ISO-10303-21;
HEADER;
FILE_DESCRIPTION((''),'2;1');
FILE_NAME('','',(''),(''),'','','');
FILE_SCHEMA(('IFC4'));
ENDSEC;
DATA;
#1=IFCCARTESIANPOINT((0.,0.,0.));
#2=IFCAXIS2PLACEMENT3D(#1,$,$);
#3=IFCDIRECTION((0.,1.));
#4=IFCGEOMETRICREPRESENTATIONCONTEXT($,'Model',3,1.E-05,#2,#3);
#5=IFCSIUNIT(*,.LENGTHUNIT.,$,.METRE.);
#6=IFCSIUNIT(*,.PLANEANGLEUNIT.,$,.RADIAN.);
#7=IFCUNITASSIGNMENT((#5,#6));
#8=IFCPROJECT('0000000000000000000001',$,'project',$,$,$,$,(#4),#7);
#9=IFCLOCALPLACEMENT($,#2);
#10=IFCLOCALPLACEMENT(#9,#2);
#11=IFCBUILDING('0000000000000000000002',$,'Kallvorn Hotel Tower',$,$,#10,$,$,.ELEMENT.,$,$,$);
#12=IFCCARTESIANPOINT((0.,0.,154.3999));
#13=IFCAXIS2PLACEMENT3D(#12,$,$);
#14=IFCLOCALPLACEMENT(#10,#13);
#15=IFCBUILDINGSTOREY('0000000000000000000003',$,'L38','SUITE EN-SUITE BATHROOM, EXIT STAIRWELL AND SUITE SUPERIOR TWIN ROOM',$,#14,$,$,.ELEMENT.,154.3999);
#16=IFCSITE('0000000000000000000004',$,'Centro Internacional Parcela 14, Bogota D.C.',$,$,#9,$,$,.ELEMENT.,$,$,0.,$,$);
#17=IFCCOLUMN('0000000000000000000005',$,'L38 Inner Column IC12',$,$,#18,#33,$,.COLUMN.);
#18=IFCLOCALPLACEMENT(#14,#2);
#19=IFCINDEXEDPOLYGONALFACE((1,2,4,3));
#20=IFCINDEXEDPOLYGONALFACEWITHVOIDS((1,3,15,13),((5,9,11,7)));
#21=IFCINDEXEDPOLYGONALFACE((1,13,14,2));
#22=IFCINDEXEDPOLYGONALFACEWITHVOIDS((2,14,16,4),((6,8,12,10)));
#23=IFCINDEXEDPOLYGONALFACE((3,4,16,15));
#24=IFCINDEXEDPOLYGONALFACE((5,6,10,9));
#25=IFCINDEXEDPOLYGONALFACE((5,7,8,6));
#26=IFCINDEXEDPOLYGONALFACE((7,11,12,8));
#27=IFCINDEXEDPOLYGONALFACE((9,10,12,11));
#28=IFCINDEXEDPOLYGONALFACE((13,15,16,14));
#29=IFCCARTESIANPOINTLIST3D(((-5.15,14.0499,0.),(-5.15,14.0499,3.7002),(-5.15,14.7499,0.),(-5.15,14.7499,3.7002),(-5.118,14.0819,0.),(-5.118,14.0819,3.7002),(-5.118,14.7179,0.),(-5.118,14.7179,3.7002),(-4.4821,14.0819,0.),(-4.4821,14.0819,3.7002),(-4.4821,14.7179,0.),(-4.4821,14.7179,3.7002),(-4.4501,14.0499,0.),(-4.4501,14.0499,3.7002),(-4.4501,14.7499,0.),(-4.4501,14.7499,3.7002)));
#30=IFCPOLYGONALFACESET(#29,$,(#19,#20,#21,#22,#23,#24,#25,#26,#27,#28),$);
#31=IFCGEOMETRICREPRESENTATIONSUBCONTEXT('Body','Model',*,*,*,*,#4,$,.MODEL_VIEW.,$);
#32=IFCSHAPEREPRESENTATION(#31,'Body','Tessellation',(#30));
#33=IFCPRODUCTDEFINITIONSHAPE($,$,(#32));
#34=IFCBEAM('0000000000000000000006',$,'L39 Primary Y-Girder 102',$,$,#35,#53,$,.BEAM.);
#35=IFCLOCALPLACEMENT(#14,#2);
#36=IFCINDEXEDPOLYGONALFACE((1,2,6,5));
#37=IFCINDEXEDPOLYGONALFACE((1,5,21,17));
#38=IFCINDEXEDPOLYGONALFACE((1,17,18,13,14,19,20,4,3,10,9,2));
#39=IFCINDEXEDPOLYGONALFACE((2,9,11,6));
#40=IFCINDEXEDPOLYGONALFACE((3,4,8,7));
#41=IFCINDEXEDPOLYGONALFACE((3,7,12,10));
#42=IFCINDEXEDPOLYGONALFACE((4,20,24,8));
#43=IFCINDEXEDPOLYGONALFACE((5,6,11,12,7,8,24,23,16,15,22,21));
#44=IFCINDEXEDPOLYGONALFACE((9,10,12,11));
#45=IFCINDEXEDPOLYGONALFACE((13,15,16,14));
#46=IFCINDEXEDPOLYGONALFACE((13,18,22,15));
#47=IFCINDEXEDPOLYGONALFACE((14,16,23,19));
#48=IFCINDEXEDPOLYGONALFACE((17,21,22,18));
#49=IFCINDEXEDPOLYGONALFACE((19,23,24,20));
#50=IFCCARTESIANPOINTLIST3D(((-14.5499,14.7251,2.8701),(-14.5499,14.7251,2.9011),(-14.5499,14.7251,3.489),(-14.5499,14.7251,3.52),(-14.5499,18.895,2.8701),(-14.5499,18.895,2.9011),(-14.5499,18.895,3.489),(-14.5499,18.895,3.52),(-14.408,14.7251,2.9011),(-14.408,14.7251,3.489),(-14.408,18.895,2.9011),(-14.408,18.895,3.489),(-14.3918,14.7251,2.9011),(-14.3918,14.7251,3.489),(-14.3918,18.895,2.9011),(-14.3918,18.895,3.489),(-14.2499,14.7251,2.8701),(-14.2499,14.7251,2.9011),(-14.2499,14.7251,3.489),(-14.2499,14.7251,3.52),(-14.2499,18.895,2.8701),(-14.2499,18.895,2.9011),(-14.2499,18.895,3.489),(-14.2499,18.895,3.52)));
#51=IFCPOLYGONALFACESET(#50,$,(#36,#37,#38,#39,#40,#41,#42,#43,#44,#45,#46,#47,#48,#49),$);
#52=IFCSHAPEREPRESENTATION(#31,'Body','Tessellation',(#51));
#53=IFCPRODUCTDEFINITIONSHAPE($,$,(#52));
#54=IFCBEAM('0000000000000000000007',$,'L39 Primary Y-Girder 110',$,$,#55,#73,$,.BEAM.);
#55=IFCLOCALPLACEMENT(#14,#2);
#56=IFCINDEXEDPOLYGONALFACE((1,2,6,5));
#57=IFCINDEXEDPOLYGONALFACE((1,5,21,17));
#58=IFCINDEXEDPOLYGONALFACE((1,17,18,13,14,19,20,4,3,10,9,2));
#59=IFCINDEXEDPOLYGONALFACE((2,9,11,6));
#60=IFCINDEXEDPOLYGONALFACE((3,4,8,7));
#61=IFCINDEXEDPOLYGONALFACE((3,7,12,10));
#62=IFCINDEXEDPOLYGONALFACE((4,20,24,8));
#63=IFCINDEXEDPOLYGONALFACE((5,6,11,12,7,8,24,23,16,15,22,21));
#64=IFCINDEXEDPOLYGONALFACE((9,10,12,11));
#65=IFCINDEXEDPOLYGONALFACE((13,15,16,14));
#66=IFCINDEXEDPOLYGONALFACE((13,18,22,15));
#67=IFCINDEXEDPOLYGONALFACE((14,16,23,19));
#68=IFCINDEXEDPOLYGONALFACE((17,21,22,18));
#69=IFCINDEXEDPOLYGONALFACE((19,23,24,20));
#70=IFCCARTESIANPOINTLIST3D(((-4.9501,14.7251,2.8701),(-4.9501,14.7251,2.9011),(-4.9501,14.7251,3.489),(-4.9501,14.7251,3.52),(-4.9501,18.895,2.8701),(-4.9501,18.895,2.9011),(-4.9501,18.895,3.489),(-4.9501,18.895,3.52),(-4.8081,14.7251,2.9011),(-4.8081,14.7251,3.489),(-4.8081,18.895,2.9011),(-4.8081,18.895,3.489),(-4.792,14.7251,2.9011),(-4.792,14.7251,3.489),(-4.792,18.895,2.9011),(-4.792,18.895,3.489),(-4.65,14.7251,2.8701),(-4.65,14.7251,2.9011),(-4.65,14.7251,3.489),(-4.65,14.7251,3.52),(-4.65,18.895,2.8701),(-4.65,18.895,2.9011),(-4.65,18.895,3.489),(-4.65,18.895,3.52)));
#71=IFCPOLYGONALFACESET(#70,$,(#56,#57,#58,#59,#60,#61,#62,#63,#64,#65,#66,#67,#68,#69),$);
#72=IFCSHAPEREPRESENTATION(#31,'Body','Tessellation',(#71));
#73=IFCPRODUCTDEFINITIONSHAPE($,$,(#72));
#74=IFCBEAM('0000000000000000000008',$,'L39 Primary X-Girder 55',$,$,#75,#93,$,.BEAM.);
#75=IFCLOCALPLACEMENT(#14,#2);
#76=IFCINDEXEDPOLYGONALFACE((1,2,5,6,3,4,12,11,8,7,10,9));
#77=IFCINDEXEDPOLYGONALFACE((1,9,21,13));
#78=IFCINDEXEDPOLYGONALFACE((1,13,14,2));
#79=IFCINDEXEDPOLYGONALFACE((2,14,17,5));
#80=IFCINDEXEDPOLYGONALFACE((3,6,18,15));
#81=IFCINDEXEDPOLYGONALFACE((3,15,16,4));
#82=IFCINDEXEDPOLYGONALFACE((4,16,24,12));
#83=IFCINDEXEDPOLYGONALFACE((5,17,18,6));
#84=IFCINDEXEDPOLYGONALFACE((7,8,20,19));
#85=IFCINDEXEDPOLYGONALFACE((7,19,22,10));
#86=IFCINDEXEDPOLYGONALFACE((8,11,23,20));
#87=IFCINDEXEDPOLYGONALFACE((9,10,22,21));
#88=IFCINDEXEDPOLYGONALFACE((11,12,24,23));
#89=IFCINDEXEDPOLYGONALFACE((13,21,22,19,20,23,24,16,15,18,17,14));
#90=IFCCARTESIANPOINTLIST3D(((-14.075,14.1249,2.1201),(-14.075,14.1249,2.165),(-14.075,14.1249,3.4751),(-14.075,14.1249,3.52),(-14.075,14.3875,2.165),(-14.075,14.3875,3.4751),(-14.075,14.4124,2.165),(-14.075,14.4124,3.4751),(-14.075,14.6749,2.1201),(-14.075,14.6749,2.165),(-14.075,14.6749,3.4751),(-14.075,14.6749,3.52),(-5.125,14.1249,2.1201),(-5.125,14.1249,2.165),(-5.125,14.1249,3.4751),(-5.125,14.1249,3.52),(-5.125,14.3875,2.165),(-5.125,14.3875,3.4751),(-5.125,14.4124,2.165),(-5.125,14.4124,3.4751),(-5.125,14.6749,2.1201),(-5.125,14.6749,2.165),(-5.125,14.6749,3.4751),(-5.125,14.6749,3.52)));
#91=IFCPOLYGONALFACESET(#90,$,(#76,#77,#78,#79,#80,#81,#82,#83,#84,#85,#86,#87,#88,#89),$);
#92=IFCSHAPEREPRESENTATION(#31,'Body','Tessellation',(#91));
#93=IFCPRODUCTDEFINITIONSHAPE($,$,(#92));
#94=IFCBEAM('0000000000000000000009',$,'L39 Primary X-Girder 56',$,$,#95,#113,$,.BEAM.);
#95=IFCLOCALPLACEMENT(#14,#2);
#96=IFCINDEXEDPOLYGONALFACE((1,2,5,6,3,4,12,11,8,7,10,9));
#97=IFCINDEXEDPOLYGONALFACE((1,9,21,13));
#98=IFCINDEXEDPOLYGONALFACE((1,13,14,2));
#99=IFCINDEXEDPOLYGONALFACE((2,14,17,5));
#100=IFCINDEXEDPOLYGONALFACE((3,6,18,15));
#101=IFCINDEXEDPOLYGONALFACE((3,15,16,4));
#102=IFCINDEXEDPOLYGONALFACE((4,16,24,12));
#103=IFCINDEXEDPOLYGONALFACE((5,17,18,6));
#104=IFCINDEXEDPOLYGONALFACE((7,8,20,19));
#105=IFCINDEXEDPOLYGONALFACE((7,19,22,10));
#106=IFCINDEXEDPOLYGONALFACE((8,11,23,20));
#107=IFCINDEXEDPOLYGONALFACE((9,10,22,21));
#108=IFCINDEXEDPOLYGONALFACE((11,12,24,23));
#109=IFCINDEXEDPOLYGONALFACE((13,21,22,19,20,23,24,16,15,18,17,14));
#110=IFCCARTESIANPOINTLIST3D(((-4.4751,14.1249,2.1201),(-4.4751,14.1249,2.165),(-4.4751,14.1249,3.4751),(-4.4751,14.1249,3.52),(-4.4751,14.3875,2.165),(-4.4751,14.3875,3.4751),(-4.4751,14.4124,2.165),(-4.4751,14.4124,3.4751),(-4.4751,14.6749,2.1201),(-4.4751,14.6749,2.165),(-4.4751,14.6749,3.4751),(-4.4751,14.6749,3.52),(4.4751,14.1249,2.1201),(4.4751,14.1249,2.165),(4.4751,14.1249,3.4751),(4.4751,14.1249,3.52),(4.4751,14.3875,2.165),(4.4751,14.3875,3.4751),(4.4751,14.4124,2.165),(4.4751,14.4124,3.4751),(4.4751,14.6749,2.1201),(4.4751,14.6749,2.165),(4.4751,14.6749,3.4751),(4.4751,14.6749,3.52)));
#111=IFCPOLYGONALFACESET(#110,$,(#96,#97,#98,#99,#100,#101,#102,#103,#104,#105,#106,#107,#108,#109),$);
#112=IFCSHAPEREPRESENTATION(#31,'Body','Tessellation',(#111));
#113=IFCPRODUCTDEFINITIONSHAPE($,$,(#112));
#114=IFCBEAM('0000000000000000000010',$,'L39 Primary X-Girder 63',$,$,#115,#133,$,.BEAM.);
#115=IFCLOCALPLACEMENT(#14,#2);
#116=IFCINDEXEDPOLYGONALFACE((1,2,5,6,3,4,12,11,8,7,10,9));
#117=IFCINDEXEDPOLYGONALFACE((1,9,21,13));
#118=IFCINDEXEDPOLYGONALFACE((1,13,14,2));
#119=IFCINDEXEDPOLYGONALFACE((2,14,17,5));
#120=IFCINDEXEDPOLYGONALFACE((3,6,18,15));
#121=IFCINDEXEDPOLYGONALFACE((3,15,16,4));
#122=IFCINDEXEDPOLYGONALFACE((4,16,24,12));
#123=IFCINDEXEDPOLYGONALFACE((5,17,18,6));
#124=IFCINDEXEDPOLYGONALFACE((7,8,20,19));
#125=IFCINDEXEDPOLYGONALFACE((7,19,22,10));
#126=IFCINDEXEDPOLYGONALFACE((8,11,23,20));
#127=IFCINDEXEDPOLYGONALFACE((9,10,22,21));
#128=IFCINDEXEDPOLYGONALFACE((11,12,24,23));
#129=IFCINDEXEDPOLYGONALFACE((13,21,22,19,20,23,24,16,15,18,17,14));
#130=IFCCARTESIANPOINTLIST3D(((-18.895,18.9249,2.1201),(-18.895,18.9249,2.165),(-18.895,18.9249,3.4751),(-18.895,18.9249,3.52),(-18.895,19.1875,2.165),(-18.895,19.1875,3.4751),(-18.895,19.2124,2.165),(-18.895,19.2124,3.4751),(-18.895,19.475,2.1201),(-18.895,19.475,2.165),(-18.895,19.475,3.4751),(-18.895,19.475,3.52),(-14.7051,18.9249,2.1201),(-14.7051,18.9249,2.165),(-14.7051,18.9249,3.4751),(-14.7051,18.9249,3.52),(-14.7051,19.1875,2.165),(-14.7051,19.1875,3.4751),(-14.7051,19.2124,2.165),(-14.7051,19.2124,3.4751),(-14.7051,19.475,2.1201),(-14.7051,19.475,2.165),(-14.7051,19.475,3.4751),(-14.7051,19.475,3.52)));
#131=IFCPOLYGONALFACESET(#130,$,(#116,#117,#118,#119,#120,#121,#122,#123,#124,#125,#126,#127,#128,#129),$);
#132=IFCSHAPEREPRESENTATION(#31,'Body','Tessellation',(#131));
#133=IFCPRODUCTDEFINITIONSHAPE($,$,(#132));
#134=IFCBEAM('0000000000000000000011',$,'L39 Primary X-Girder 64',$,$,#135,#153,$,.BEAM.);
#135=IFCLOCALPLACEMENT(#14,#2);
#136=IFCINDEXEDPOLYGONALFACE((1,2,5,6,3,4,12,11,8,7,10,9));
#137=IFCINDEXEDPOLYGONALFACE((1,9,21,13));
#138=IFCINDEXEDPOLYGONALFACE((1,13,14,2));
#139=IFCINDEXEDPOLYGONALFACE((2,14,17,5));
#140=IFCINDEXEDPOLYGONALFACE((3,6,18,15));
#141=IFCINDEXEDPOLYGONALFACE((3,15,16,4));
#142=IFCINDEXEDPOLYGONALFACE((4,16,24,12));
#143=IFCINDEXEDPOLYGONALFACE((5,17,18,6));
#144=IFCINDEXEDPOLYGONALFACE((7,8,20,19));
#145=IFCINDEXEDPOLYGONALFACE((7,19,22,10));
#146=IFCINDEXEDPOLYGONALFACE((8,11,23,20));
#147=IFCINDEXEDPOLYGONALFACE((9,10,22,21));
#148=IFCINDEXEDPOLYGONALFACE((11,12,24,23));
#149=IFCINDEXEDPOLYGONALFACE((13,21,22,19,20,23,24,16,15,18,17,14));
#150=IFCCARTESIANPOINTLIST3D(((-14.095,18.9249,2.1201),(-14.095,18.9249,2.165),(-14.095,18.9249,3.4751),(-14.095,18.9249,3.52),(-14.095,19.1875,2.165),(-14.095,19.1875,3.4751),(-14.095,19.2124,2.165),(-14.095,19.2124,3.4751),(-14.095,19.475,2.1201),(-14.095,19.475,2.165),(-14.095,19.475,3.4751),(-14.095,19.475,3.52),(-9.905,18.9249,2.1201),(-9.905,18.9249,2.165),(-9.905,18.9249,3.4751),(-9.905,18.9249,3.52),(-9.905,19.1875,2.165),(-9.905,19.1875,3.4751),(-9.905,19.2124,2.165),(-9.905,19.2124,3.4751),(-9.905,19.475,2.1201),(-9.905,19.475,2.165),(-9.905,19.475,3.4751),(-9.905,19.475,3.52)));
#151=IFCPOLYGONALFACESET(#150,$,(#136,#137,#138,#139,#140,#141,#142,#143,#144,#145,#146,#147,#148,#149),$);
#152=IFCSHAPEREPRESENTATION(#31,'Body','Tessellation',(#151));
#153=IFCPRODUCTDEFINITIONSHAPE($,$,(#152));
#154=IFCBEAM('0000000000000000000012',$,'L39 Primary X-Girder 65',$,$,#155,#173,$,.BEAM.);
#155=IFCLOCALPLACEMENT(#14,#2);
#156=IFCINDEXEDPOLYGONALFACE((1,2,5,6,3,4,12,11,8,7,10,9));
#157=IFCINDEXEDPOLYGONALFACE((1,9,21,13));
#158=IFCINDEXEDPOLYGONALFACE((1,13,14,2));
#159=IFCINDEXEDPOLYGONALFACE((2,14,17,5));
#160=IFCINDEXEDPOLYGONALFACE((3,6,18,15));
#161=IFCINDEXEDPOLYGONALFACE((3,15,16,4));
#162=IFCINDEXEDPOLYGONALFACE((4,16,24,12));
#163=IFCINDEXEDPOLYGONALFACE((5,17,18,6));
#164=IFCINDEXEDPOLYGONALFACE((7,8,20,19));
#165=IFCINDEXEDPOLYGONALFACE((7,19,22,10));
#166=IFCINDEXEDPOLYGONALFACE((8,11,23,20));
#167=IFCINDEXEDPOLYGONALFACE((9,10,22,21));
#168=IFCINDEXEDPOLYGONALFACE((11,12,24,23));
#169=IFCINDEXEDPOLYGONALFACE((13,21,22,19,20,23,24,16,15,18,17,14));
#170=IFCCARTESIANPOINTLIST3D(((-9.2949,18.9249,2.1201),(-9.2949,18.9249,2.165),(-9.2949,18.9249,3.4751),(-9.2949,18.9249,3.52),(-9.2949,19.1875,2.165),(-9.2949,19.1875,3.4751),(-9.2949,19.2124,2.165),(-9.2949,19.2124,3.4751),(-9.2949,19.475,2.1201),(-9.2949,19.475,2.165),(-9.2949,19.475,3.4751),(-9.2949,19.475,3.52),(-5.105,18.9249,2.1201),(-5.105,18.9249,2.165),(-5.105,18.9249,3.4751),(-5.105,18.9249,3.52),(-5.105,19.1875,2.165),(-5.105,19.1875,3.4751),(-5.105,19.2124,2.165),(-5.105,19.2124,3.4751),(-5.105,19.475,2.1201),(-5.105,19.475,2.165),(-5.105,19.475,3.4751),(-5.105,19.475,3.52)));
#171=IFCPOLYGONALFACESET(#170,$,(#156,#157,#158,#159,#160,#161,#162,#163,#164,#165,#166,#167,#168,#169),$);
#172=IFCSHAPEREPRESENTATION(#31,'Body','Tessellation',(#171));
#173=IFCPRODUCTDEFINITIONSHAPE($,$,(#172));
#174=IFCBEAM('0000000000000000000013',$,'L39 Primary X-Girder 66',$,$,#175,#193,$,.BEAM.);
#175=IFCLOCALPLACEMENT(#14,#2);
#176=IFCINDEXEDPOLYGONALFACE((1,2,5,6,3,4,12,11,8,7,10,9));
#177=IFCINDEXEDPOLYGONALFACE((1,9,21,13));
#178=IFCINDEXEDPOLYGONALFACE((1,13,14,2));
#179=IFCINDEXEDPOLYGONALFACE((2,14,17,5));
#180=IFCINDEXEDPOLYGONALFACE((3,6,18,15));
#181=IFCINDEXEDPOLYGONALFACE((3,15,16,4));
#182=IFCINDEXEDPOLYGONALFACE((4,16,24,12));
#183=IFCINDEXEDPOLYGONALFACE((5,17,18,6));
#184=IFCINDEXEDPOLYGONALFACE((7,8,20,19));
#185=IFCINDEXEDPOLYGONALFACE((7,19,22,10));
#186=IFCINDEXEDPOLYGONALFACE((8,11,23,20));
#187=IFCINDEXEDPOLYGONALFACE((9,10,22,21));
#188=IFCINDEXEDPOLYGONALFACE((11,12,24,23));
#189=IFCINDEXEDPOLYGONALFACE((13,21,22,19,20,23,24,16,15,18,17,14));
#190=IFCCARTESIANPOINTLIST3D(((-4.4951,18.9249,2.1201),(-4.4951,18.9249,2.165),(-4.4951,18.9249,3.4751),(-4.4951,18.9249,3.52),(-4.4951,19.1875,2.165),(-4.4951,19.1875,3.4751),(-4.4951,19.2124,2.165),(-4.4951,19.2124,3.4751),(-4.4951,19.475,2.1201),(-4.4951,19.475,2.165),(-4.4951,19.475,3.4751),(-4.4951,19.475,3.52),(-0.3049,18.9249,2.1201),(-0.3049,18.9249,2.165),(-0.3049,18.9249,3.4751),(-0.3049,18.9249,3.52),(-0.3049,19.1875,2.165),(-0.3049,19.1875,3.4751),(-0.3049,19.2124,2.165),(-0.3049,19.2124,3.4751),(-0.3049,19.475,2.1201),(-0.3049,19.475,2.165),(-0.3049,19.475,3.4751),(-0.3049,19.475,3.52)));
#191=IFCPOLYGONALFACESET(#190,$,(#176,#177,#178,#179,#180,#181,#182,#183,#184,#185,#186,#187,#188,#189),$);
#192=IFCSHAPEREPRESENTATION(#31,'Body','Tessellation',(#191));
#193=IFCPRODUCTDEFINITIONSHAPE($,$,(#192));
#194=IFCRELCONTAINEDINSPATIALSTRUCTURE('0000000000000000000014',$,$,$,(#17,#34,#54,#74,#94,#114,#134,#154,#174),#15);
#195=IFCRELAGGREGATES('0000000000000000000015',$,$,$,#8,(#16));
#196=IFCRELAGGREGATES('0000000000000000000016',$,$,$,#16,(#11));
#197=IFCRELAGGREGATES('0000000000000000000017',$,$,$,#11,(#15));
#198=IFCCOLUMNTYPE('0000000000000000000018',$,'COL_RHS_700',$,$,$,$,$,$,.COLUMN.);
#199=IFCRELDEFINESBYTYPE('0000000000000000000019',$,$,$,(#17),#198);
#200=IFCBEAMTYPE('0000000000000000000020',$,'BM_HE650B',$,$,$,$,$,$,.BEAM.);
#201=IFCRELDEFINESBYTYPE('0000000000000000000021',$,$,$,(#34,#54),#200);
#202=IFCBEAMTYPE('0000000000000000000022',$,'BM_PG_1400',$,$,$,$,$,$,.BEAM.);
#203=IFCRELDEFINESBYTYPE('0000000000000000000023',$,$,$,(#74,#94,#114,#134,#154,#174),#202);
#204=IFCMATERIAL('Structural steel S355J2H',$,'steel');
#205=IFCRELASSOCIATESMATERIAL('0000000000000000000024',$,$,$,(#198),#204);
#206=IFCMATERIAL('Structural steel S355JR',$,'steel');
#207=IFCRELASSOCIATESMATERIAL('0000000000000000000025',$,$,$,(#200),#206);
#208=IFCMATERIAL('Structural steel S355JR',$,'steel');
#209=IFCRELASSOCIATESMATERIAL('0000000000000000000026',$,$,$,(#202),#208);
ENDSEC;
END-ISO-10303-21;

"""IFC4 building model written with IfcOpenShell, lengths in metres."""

from ifc_helpers import new_model, si_unit, direction, frame, origin, origin_2d, place, context, subcontext, project, spatial, hollow_rectangle, i_section, extrude, material, material_profile, profile_set, type_object, element, save


model = new_model("IFC4")

# Units and contexts
model_context = context("Model", 3, precision=1e-05, world=origin(), true_north=direction((0.0, 1.0)))
body_context = subcontext(model_context, "Body", "Model", "MODEL_VIEW")
ifc_project = project(units=[si_unit("LENGTHUNIT", "METRE"), si_unit("PLANEANGLEUNIT", "RADIAN")], contexts=[model_context])

# Site, building, storey
site_placement = place(None, origin())
site = spatial("IfcSite", under=ifc_project, at=site_placement, Name="Centro Internacional Parcela 14, Bogota D.C.", CompositionType="ELEMENT", RefElevation=0.0)
building_placement = place(site_placement, origin())
building = spatial("IfcBuilding", under=site, at=building_placement, Name="Kallvorn Hotel Tower", CompositionType="ELEMENT")
storey_placement = place(building_placement, frame((0.0, 0.0, 154.3999)))
storey = spatial("IfcBuildingStorey", under=building, at=storey_placement, Name="L38", Description="SUITE EN-SUITE BATHROOM, EXIT STAIRWELL AND SUITE SUPERIOR TWIN ROOM", CompositionType="ELEMENT", Elevation=154.3999)

# Column
ifc_material_1 = material(Name="Structural steel S355J2H", Category="steel")
ifc_material_profile_1 = material_profile(ifc_material_1, hollow_rectangle(XDim=0.7, YDim=0.7, WallThickness=0.032, at=origin_2d()), Name="RHS 700x700x32")
ifc_profile_set_1 = profile_set([ifc_material_profile_1], Name="Structural steel S355J2H")
column_type_1 = type_object("IfcColumnType", Name="COL_RHS_700", PredefinedType="COLUMN", material=ifc_profile_set_1)
column_placement = place(storey_placement, frame((-4.8, 14.3999, 0.0), z_axis=(0.0, 0.0, 1.0), x_axis=(1.0, 0.0, 0.0)))
element("IfcColumn", 1, at=column_placement, inside=storey, type_object=column_type_1, Name="L38 Inner Column IC12", PredefinedType="COLUMN", context=body_context, shape_type="SweptSolid", body=[
    extrude(hollow_rectangle(XDim=0.7, YDim=0.7, WallThickness=0.032, at=origin_2d()), origin(), (0.0, 0.0, 1.0), 3.7002),
])

# Beams
ifc_material_2 = material(Name="Structural steel S355JR", Category="steel")
ifc_material_profile_2 = material_profile(ifc_material_2, i_section(OverallWidth=0.3, OverallDepth=0.6499, WebThickness=0.0161, FlangeThickness=0.031, at=origin_2d()), Name="HE 650 B")
ifc_profile_set_2 = profile_set([ifc_material_profile_2], Name="Structural steel S355JR")
beam_type_1 = type_object("IfcBeamType", Name="BM_HE650B", PredefinedType="BEAM", material=ifc_profile_set_2)
for number, where, z_axis, x_axis, name in (
    (2, (-14.3999, 14.7251, 3.1951), (0.0, 1.0, 0.0), (-1.0, 0.0, 0.0), "L39 Primary Y-Girder 102"),
    (3, (-4.8, 14.7251, 3.1951), (0.0, 1.0, 0.0), (-1.0, 0.0, 0.0), "L39 Primary Y-Girder 110"),
):
    element("IfcBeam", number, at=place(storey_placement, frame(where, z_axis=z_axis, x_axis=x_axis)), inside=storey, type_object=beam_type_1, Name=name, PredefinedType="BEAM", context=body_context, shape_type="SweptSolid", body=[
        extrude(i_section(OverallWidth=0.3, OverallDepth=0.6499, WebThickness=0.0161, FlangeThickness=0.031, at=origin_2d()), origin(), (0.0, 0.0, 1.0), 4.1699),
    ])
ifc_material_3 = material(Name="Structural steel S355JR", Category="steel")
ifc_material_profile_3 = material_profile(ifc_material_3, i_section(OverallWidth=0.55, OverallDepth=1.3999, WebThickness=0.0249, FlangeThickness=0.0449, at=origin_2d()), Name="PG 1400x550x25x45")
ifc_profile_set_3 = profile_set([ifc_material_profile_3], Name="Structural steel S355JR")
beam_type_2 = type_object("IfcBeamType", Name="BM_PG_1400", PredefinedType="BEAM", material=ifc_profile_set_3)
beam_1_placement = place(storey_placement, frame((-14.075, 14.3999, 2.8201), z_axis=(1.0, 0.0, 0.0), x_axis=(0.0, 1.0, 0.0)))
element("IfcBeam", 4, at=beam_1_placement, inside=storey, type_object=beam_type_2, Name="L39 Primary X-Girder 55", PredefinedType="BEAM", context=body_context, shape_type="SweptSolid", body=[
    extrude(i_section(OverallWidth=0.55, OverallDepth=1.3999, WebThickness=0.0249, FlangeThickness=0.0449, at=origin_2d()), origin(), (0.0, 0.0, 1.0), 8.95),
])
beam_2_placement = place(storey_placement, frame((-4.4751, 14.3999, 2.8201), z_axis=(1.0, 0.0, 0.0), x_axis=(0.0, 1.0, 0.0)))
element("IfcBeam", 5, at=beam_2_placement, inside=storey, type_object=beam_type_2, Name="L39 Primary X-Girder 56", PredefinedType="BEAM", context=body_context, shape_type="SweptSolid", body=[
    extrude(i_section(OverallWidth=0.55, OverallDepth=1.3999, WebThickness=0.0249, FlangeThickness=0.0449, at=origin_2d()), origin(), (0.0, 0.0, 1.0), 8.9502),
])
for number, where, z_axis, x_axis, name in (
    (6, (-18.895, 19.2, 2.8201), (1.0, 0.0, 0.0), (0.0, 1.0, 0.0), "L39 Primary X-Girder 63"),
    (7, (-14.095, 19.2, 2.8201), (1.0, 0.0, 0.0), (0.0, 1.0, 0.0), "L39 Primary X-Girder 64"),
    (8, (-9.2949, 19.2, 2.8201), (1.0, 0.0, 0.0), (0.0, 1.0, 0.0), "L39 Primary X-Girder 65"),
):
    element("IfcBeam", number, at=place(storey_placement, frame(where, z_axis=z_axis, x_axis=x_axis)), inside=storey, type_object=beam_type_2, Name=name, PredefinedType="BEAM", context=body_context, shape_type="SweptSolid", body=[
        extrude(i_section(OverallWidth=0.55, OverallDepth=1.3999, WebThickness=0.0249, FlangeThickness=0.0449, at=origin_2d()), origin(), (0.0, 0.0, 1.0), 4.1899),
    ])
beam_3_placement = place(storey_placement, frame((-4.4951, 19.2, 2.8201), z_axis=(1.0, 0.0, 0.0), x_axis=(0.0, 1.0, 0.0)))
element("IfcBeam", 9, at=beam_3_placement, inside=storey, type_object=beam_type_2, Name="L39 Primary X-Girder 66", PredefinedType="BEAM", context=body_context, shape_type="SweptSolid", body=[
    extrude(i_section(OverallWidth=0.55, OverallDepth=1.3999, WebThickness=0.0249, FlangeThickness=0.0449, at=origin_2d()), origin(), (0.0, 0.0, 1.0), 4.1902),
])

save(model, "model.ifc")
